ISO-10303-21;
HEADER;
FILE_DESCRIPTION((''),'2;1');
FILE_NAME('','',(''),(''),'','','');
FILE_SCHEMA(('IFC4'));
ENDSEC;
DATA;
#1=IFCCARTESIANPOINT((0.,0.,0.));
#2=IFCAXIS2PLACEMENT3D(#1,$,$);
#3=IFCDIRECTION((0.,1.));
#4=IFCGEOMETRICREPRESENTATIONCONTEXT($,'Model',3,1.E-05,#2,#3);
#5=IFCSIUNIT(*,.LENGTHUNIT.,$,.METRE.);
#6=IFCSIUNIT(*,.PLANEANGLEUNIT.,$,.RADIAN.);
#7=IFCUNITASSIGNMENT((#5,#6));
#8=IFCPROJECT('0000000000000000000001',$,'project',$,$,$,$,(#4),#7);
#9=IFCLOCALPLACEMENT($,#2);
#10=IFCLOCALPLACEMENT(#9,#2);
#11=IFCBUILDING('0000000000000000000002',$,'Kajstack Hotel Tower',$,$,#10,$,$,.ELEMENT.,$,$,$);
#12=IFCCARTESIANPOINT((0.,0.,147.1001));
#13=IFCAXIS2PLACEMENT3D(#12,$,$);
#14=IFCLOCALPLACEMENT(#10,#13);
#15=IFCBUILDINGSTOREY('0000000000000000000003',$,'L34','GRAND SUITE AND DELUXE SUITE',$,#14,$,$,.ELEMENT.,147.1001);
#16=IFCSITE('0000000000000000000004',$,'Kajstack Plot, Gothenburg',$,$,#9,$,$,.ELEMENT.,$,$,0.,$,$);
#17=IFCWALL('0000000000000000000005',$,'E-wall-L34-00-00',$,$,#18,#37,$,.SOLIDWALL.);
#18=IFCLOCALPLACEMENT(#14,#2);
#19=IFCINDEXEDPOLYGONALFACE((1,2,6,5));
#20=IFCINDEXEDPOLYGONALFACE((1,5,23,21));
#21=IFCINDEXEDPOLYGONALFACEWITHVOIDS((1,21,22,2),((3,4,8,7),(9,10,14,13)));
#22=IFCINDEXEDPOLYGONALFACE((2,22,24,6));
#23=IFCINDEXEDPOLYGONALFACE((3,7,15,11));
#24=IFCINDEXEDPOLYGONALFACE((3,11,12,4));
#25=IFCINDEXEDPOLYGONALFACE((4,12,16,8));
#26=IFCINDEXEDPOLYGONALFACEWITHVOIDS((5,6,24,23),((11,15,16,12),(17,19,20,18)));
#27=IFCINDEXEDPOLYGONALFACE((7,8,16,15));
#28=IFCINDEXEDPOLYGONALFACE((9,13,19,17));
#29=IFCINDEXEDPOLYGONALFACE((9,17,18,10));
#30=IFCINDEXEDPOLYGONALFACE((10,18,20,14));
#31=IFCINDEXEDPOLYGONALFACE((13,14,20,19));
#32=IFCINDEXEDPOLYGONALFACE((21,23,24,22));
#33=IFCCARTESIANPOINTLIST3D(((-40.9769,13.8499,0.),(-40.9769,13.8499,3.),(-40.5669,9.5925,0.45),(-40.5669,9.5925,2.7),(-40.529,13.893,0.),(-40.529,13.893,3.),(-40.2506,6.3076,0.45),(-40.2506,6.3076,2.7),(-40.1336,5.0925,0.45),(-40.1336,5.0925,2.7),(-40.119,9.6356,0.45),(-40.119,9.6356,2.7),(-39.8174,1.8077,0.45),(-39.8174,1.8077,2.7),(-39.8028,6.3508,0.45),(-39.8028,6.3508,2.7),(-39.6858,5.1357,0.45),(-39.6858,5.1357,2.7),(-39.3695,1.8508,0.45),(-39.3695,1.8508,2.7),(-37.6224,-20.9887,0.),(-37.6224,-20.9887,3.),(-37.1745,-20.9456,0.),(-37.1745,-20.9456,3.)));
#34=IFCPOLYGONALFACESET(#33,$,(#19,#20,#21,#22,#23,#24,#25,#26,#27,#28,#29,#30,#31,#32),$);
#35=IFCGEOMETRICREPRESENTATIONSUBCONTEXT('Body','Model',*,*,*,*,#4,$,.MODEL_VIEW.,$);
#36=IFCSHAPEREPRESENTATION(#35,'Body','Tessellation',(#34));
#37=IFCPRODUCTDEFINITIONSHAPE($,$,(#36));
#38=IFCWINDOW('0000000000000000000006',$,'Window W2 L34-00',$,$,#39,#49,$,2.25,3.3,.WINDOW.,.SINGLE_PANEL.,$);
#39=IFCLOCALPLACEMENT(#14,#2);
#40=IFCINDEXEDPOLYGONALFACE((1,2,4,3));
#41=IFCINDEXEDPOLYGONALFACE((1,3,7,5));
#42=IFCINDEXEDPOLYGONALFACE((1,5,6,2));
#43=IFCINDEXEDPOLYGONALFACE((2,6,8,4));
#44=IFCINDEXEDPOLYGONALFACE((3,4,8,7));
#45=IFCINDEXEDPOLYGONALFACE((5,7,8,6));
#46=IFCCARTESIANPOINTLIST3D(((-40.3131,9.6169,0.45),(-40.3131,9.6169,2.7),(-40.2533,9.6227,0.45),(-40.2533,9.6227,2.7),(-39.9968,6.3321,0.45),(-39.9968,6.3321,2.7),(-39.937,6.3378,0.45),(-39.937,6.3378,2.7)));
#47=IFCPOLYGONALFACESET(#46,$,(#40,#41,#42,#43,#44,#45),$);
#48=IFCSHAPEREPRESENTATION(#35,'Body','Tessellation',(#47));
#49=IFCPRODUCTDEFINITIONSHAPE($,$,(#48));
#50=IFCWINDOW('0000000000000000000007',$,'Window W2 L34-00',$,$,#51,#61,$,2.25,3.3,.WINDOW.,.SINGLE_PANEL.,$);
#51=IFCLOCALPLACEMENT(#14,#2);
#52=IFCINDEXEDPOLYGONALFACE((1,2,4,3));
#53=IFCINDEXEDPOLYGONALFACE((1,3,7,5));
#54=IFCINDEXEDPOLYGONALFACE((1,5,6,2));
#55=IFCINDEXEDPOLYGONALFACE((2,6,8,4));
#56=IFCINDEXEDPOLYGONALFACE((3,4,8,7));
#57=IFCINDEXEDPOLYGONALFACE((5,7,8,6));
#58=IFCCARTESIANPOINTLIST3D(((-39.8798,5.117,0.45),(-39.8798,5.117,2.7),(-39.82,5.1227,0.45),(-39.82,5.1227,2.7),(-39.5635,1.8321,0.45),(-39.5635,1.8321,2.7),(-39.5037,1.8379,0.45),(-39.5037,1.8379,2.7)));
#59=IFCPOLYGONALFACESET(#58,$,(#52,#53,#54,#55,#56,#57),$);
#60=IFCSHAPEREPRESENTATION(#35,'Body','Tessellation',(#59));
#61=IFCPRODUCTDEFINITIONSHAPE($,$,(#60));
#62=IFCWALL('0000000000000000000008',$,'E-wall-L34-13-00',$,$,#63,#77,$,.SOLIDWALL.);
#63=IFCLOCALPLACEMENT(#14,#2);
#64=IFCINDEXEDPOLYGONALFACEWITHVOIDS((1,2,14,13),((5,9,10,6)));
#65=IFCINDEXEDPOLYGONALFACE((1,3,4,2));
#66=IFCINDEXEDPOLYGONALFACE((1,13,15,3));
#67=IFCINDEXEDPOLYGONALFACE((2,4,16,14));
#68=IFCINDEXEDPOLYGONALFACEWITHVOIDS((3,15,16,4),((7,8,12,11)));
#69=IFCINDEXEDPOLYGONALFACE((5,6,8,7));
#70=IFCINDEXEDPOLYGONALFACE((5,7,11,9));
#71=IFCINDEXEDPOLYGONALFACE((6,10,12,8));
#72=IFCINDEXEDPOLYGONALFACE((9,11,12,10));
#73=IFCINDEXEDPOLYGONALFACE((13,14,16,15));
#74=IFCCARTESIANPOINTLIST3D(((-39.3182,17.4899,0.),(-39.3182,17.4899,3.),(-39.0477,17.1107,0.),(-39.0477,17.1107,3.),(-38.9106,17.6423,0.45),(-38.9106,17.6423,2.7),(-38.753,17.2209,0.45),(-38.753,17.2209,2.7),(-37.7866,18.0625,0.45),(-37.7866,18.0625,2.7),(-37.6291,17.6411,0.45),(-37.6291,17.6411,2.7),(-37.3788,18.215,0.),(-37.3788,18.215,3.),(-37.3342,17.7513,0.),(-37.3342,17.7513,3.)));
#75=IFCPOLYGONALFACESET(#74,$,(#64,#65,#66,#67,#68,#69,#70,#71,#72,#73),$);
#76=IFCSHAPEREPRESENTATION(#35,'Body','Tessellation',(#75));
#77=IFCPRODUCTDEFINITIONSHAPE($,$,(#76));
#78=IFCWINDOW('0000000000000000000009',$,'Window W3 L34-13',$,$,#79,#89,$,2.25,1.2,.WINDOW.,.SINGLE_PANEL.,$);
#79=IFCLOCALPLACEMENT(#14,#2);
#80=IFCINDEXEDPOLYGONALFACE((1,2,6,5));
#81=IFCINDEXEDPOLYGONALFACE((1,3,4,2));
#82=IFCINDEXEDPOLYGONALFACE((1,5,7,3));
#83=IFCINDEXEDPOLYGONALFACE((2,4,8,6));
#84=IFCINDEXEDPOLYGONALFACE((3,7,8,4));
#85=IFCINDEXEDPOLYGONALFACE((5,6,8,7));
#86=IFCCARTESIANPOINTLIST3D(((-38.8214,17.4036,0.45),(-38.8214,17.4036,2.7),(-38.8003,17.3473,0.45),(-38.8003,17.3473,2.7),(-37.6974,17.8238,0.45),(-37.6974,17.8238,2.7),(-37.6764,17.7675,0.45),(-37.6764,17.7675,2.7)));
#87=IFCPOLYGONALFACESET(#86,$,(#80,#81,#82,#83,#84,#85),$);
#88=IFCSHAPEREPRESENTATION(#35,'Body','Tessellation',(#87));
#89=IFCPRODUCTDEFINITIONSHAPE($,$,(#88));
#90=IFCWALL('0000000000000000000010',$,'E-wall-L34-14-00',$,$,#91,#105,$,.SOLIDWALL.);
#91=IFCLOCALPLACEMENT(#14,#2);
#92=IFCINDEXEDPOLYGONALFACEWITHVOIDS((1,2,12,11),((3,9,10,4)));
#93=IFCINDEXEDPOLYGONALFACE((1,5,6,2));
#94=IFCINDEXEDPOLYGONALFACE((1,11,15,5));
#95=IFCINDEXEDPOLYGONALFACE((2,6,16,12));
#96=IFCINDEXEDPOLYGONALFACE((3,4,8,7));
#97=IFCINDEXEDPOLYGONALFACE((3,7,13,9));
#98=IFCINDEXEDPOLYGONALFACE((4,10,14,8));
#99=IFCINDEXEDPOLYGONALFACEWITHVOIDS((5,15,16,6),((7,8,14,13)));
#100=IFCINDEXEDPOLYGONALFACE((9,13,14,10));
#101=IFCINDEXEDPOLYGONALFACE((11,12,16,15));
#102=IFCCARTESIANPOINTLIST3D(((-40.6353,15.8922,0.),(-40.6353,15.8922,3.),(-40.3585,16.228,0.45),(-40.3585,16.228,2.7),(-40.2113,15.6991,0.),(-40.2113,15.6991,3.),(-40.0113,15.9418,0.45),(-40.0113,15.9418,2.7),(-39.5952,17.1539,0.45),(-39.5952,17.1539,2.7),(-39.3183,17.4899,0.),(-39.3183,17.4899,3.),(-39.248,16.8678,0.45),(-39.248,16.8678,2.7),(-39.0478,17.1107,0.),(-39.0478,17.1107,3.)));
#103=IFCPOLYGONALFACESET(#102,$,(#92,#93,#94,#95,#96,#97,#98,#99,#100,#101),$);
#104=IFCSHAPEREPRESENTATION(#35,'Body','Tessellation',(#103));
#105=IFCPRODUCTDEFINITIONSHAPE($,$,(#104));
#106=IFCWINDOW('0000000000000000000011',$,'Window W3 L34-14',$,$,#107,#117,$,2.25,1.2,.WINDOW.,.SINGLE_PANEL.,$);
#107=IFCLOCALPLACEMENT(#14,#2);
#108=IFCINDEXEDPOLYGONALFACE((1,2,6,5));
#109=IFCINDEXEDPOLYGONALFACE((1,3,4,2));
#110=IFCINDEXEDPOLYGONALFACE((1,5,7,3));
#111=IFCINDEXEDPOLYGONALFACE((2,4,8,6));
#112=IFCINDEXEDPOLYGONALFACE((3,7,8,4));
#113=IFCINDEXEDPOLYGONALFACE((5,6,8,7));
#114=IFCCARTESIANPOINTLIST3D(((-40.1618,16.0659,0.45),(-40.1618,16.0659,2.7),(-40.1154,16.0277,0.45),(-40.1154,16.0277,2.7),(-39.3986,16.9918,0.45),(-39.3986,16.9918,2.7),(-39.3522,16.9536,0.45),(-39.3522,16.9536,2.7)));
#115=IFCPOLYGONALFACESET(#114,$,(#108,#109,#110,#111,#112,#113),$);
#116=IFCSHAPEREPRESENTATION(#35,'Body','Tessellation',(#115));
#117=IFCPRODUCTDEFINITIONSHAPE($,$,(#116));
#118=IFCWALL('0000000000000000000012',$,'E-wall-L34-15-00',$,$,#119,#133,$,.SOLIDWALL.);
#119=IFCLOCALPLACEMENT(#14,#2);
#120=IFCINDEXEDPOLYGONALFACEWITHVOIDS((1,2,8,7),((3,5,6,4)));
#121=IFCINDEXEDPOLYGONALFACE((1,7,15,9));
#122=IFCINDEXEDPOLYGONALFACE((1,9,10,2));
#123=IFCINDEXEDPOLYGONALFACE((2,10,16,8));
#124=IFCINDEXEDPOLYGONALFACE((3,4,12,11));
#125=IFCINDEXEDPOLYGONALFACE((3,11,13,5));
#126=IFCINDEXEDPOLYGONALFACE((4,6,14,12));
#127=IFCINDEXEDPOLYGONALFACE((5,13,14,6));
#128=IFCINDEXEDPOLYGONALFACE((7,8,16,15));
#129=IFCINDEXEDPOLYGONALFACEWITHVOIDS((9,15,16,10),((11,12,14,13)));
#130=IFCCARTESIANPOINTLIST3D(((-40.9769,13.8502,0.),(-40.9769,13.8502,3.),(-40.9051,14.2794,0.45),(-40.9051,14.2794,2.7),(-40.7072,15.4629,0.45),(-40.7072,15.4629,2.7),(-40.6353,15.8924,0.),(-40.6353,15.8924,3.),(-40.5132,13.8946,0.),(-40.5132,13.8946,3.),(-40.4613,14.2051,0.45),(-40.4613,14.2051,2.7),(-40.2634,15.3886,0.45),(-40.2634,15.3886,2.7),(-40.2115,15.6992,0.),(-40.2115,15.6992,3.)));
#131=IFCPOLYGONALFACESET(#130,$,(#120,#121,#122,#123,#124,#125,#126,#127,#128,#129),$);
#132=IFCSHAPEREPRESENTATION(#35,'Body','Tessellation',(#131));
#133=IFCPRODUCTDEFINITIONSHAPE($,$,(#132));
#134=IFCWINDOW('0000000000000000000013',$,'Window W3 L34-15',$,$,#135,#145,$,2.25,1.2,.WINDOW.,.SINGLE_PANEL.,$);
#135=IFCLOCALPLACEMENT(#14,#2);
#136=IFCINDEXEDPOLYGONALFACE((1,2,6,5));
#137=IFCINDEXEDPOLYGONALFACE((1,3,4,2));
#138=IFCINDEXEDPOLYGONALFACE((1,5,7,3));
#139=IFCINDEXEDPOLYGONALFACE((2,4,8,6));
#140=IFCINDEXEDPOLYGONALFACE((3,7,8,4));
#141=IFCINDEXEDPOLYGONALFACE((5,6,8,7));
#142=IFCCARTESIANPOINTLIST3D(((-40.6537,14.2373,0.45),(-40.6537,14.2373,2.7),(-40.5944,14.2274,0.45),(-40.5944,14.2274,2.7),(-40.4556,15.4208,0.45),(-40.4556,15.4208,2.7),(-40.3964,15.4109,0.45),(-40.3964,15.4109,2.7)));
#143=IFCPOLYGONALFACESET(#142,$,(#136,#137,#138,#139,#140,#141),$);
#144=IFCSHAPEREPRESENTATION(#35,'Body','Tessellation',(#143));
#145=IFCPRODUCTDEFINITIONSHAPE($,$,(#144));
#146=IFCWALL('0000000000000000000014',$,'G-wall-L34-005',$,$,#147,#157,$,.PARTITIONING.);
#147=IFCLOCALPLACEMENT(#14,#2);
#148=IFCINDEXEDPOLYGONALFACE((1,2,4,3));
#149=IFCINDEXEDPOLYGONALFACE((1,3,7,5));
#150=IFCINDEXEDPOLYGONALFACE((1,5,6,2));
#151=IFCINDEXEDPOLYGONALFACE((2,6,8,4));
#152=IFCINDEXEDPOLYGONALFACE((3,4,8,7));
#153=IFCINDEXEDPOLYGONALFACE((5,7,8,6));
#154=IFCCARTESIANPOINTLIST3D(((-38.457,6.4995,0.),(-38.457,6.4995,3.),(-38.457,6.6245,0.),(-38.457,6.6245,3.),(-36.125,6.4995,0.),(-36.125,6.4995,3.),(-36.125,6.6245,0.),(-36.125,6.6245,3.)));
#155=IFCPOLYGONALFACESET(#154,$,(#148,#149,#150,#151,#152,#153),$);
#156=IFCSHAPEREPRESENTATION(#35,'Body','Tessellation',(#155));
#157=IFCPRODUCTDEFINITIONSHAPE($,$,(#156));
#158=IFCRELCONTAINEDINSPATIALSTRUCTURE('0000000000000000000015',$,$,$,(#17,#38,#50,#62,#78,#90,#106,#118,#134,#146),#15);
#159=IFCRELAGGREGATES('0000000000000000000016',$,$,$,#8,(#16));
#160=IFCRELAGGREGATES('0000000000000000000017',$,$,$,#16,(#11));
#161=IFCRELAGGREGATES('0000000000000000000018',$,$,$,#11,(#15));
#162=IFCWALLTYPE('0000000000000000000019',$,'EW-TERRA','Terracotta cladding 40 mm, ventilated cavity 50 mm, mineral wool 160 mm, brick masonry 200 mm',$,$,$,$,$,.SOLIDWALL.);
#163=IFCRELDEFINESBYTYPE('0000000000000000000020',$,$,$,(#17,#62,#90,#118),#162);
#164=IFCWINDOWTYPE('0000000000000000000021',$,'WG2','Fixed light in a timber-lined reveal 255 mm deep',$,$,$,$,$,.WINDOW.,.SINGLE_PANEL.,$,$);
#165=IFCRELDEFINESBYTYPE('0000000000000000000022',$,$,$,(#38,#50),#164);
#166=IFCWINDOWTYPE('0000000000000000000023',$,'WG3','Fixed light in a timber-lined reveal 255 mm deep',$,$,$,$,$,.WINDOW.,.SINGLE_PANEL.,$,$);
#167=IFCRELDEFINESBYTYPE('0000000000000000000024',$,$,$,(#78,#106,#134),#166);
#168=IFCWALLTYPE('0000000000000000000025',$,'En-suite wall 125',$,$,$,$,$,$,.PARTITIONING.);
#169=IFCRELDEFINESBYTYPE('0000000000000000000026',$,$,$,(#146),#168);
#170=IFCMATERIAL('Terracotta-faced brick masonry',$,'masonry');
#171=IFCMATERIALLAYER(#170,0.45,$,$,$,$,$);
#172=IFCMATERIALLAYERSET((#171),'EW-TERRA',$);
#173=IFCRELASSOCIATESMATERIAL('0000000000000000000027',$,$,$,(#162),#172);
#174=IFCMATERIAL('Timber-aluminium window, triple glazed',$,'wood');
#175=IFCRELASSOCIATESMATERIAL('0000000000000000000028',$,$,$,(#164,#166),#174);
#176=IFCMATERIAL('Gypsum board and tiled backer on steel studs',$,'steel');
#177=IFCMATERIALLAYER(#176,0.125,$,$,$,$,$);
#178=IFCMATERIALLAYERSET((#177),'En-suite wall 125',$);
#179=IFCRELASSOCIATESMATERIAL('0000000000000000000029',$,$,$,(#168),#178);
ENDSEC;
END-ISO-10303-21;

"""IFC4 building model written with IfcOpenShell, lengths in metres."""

from ifc_helpers import new_model, si_unit, direction, frame, frame_2d, origin, place, context, subcontext, project, spatial, polyline, rectangle, outline, extrude, material, layer, layer_set, type_object, element, fill, save


model = new_model("IFC4")

# Units and contexts
model_context = context("Model", 3, precision=1e-05, world=origin(), true_north=direction((0.0, 1.0)))
body_context = subcontext(model_context, "Body", "Model", "MODEL_VIEW")
ifc_project = project(units=[si_unit("LENGTHUNIT", "METRE"), si_unit("PLANEANGLEUNIT", "RADIAN")], contexts=[model_context])

# Site, building, storey
site_placement = place(None, origin())
site = spatial("IfcSite", under=ifc_project, at=site_placement, Name="Kajstack Plot, Gothenburg", CompositionType="ELEMENT", RefElevation=0.0)
building_placement = place(site_placement, origin())
building = spatial("IfcBuilding", under=site, at=building_placement, Name="Kajstack Hotel Tower", CompositionType="ELEMENT")
storey_placement = place(building_placement, frame((0.0, 0.0, 147.1001)))
storey = spatial("IfcBuildingStorey", under=building, at=storey_placement, Name="L34", Description="GRAND SUITE AND DELUXE SUITE", CompositionType="ELEMENT", Elevation=147.1001)

# Wall, openings, windows
ifc_material_1 = material(Name="Terracotta-faced brick masonry", Category="masonry")
ifc_layer_1 = layer(ifc_material_1, 0.45)
ifc_layer_set_1 = layer_set([ifc_layer_1], Name="EW-TERRA")
wall_type_1 = type_object("IfcWallType", Name="EW-TERRA", Description="Terracotta cladding 40 mm, ventilated cavity 50 mm, mineral wool 160 mm, brick masonry 200 mm", PredefinedType="SOLIDWALL", material=ifc_layer_set_1)
wall_1_placement = place(storey_placement, frame((-40.7529, 13.8716, 0.0), z_axis=(0.0, 0.0, 1.0), x_axis=(0.095843, -0.995396, 0.0)))
wall_1 = element("IfcWall", 1, at=wall_1_placement, inside=storey, type_object=wall_type_1, Name="E-wall-L34-00-00", PredefinedType="SOLIDWALL", context=body_context, shape_type="SweptSolid", body=[
    extrude(rectangle(XDim=34.9998, YDim=0.45, at=frame_2d((17.5, 0.0))), origin(), (0.0, 0.0, 1.0), 3.0),
])
opening_1_placement = place(wall_1_placement, frame((4.2773, 0.0, 0.45)))
opening_1 = element("IfcOpeningElement", 2, at=opening_1_placement, cuts=wall_1, PredefinedType="OPENING", context=body_context, shape_type="SweptSolid", body=[
    extrude(rectangle(XDim=3.3, YDim=2.25, at=frame_2d((1.6499, 1.125))), frame((0.0, 0.2349, 0.0), z_axis=(0.0, -1.0, 0.0), x_axis=(1.0, 0.0, 0.0)), (0.0, 0.0, 1.0), 0.47),
])
opening_2_placement = place(wall_1_placement, frame((8.7981, 0.0, 0.45)))
opening_2 = element("IfcOpeningElement", 3, at=opening_2_placement, cuts=wall_1, PredefinedType="OPENING", context=body_context, shape_type="SweptSolid", body=[
    extrude(rectangle(XDim=3.3, YDim=2.25, at=frame_2d((1.6499, 1.125))), frame((0.0, 0.2349, 0.0), z_axis=(0.0, -1.0, 0.0), x_axis=(1.0, 0.0, 0.0)), (0.0, 0.0, 1.0), 0.47),
])
ifc_material_2 = material(Name="Timber-aluminium window, triple glazed", Category="wood")
window_type_1 = type_object("IfcWindowType", Name="WG2", Description="Fixed light in a timber-lined reveal 255 mm deep", PartitioningType="SINGLE_PANEL", PredefinedType="WINDOW", material=ifc_material_2)
window_1_placement = place(opening_1_placement, origin())
window_1 = element("IfcWindow", 4, at=window_1_placement, inside=storey, type_object=window_type_1, Name="Window W2 L34-00", OverallHeight=2.25, OverallWidth=3.3, PartitioningType="SINGLE_PANEL", PredefinedType="WINDOW", context=body_context, shape_type="SweptSolid", body=[
    extrude(rectangle(XDim=3.3, YDim=2.25, at=frame_2d((1.6499, 1.125))), frame((0.0, 0.0901, 0.0), z_axis=(0.0, -1.0, 0.0), x_axis=(1.0, 0.0, 0.0)), (0.0, 0.0, 1.0), 0.0601),
])
fill(opening_1, window_1)
window_2_placement = place(opening_2_placement, origin())
window_2 = element("IfcWindow", 5, at=window_2_placement, inside=storey, type_object=window_type_1, Name="Window W2 L34-00", OverallHeight=2.25, OverallWidth=3.3, PartitioningType="SINGLE_PANEL", PredefinedType="WINDOW", context=body_context, shape_type="SweptSolid", body=[
    extrude(rectangle(XDim=3.3, YDim=2.25, at=frame_2d((1.6499, 1.125))), frame((0.0, 0.0901, 0.0), z_axis=(0.0, -1.0, 0.0), x_axis=(1.0, 0.0, 0.0)), (0.0, 0.0, 1.0), 0.0601),
])
fill(opening_2, window_2)

# Walls, openings, windows
wall_2_placement = place(storey_placement, frame((-37.3, 18.0044, 0.0), z_axis=(0.0, 0.0, 1.0), x_axis=(-0.936678, -0.350193, 0.0)))
wall_2 = element("IfcWall", 6, at=wall_2_placement, inside=storey, type_object=wall_type_1, Name="E-wall-L34-13-00", PredefinedType="SOLIDWALL", context=body_context, shape_type="SweptSolid", body=[
    extrude(outline(polyline([(0.0, -0.2249), (2.0706, -0.2249), (1.95, 0.2251), (0.1206, 0.2251), (0.0, -0.2249)])), origin(), (0.0, 0.0, 1.0), 3.0),
])
opening_3_placement = place(wall_2_placement, frame((0.4353, 0.0, 0.45)))
opening_3 = element("IfcOpeningElement", 7, at=opening_3_placement, cuts=wall_2, PredefinedType="OPENING", context=body_context, shape_type="SweptSolid", body=[
    extrude(rectangle(XDim=1.2, YDim=2.25, at=frame_2d((0.6001, 1.125))), frame((0.0, 0.2349, 0.0), z_axis=(0.0, -1.0, 0.0), x_axis=(1.0, 0.0, 0.0)), (0.0, 0.0, 1.0), 0.47),
])
window_type_2 = type_object("IfcWindowType", Name="WG3", Description="Fixed light in a timber-lined reveal 255 mm deep", PartitioningType="SINGLE_PANEL", PredefinedType="WINDOW", material=ifc_material_2)
window_3_placement = place(opening_3_placement, origin())
window_3 = element("IfcWindow", 8, at=window_3_placement, inside=storey, type_object=window_type_2, Name="Window W3 L34-13", OverallHeight=2.25, OverallWidth=1.2, PartitioningType="SINGLE_PANEL", PredefinedType="WINDOW", context=body_context, shape_type="SweptSolid", body=[
    extrude(rectangle(XDim=1.2, YDim=2.25, at=frame_2d((0.6001, 1.125))), frame((0.0, 0.0901, 0.0), z_axis=(0.0, -1.0, 0.0), x_axis=(1.0, 0.0, 0.0)), (0.0, 0.0, 1.0), 0.0601),
])
fill(opening_3, window_3)
wall_3_placement = place(storey_placement, frame((-39.1448, 17.3469, 0.0), z_axis=(0.0, 0.0, 1.0), x_axis=(-0.636046, -0.771651, 0.0)))
wall_3 = element("IfcWall", 9, at=wall_3_placement, inside=storey, type_object=wall_type_1, Name="E-wall-L34-14-00", PredefinedType="SOLIDWALL", context=body_context, shape_type="SweptSolid", body=[
    extrude(outline(polyline([(0.0, -0.2249), (2.0706, -0.2249), (1.95, 0.2251), (0.1206, 0.2251), (0.0, -0.2249)])), origin(), (0.0, 0.0, 1.0), 3.0),
])
opening_4_placement = place(wall_3_placement, frame((0.4353, 0.0, 0.45)))
opening_4 = element("IfcOpeningElement", 10, at=opening_4_placement, cuts=wall_3, PredefinedType="OPENING", context=body_context, shape_type="SweptSolid", body=[
    extrude(rectangle(XDim=1.2, YDim=2.25, at=frame_2d((0.6001, 1.125))), frame((0.0, 0.2349, 0.0), z_axis=(0.0, -1.0, 0.0), x_axis=(1.0, 0.0, 0.0)), (0.0, 0.0, 1.0), 0.47),
])
window_4_placement = place(opening_4_placement, origin())
window_4 = element("IfcWindow", 11, at=window_4_placement, inside=storey, type_object=window_type_2, Name="Window W3 L34-14", OverallHeight=2.25, OverallWidth=1.2, PartitioningType="SINGLE_PANEL", PredefinedType="WINDOW", context=body_context, shape_type="SweptSolid", body=[
    extrude(rectangle(XDim=1.2, YDim=2.25, at=frame_2d((0.6001, 1.125))), frame((0.0, 0.0901, 0.0), z_axis=(0.0, -1.0, 0.0), x_axis=(1.0, 0.0, 0.0)), (0.0, 0.0, 1.0), 0.0601),
])
fill(opening_4, window_4)
wall_4_placement = place(storey_placement, frame((-40.4133, 15.8552, 0.0), z_axis=(0.0, 0.0, 1.0), x_axis=(-0.165068, -0.986282, 0.0)))
wall_4 = element("IfcWall", 12, at=wall_4_placement, inside=storey, type_object=wall_type_1, Name="E-wall-L34-15-00", PredefinedType="SOLIDWALL", context=body_context, shape_type="SweptSolid", body=[
    extrude(outline(polyline([(0.0, -0.2251), (2.0706, -0.2249), (1.9502, 0.2251), (0.1206, 0.2249), (0.0, -0.2251)])), origin(), (0.0, 0.0, 1.0), 3.0),
])
opening_5_placement = place(wall_4_placement, frame((0.4353, 0.0, 0.45)))
opening_5 = element("IfcOpeningElement", 13, at=opening_5_placement, cuts=wall_4, PredefinedType="OPENING", context=body_context, shape_type="SweptSolid", body=[
    extrude(rectangle(XDim=1.2, YDim=2.25, at=frame_2d((0.6001, 1.125))), frame((0.0, 0.2349, 0.0), z_axis=(0.0, -1.0, 0.0), x_axis=(1.0, 0.0, 0.0)), (0.0, 0.0, 1.0), 0.47),
])
window_5_placement = place(opening_5_placement, origin())
window_5 = element("IfcWindow", 14, at=window_5_placement, inside=storey, type_object=window_type_2, Name="Window W3 L34-15", OverallHeight=2.25, OverallWidth=1.2, PartitioningType="SINGLE_PANEL", PredefinedType="WINDOW", context=body_context, shape_type="SweptSolid", body=[
    extrude(rectangle(XDim=1.2, YDim=2.25, at=frame_2d((0.6001, 1.125))), frame((0.0, 0.0901, 0.0), z_axis=(0.0, -1.0, 0.0), x_axis=(1.0, 0.0, 0.0)), (0.0, 0.0, 1.0), 0.0601),
])
fill(opening_5, window_5)

# Wall
ifc_material_3 = material(Name="Gypsum board and tiled backer on steel studs", Category="steel")
ifc_layer_2 = layer(ifc_material_3, 0.125)
ifc_layer_set_2 = layer_set([ifc_layer_2], Name="En-suite wall 125")
wall_type_2 = type_object("IfcWallType", Name="En-suite wall 125", PredefinedType="PARTITIONING", material=ifc_layer_set_2)
wall_5_placement = place(storey_placement, frame((-38.457, 6.562, 0.0), z_axis=(0.0, 0.0, 1.0), x_axis=(1.0, 0.0, 0.0)))
element("IfcWall", 15, at=wall_5_placement, inside=storey, type_object=wall_type_2, Name="G-wall-L34-005", PredefinedType="PARTITIONING", context=body_context, shape_type="SweptSolid", body=[
    extrude(rectangle(XDim=2.332, YDim=0.125, at=frame_2d((1.166, 0.0))), origin(), (0.0, 0.0, 1.0), 3.0),
])

save(model, "model.ifc")
